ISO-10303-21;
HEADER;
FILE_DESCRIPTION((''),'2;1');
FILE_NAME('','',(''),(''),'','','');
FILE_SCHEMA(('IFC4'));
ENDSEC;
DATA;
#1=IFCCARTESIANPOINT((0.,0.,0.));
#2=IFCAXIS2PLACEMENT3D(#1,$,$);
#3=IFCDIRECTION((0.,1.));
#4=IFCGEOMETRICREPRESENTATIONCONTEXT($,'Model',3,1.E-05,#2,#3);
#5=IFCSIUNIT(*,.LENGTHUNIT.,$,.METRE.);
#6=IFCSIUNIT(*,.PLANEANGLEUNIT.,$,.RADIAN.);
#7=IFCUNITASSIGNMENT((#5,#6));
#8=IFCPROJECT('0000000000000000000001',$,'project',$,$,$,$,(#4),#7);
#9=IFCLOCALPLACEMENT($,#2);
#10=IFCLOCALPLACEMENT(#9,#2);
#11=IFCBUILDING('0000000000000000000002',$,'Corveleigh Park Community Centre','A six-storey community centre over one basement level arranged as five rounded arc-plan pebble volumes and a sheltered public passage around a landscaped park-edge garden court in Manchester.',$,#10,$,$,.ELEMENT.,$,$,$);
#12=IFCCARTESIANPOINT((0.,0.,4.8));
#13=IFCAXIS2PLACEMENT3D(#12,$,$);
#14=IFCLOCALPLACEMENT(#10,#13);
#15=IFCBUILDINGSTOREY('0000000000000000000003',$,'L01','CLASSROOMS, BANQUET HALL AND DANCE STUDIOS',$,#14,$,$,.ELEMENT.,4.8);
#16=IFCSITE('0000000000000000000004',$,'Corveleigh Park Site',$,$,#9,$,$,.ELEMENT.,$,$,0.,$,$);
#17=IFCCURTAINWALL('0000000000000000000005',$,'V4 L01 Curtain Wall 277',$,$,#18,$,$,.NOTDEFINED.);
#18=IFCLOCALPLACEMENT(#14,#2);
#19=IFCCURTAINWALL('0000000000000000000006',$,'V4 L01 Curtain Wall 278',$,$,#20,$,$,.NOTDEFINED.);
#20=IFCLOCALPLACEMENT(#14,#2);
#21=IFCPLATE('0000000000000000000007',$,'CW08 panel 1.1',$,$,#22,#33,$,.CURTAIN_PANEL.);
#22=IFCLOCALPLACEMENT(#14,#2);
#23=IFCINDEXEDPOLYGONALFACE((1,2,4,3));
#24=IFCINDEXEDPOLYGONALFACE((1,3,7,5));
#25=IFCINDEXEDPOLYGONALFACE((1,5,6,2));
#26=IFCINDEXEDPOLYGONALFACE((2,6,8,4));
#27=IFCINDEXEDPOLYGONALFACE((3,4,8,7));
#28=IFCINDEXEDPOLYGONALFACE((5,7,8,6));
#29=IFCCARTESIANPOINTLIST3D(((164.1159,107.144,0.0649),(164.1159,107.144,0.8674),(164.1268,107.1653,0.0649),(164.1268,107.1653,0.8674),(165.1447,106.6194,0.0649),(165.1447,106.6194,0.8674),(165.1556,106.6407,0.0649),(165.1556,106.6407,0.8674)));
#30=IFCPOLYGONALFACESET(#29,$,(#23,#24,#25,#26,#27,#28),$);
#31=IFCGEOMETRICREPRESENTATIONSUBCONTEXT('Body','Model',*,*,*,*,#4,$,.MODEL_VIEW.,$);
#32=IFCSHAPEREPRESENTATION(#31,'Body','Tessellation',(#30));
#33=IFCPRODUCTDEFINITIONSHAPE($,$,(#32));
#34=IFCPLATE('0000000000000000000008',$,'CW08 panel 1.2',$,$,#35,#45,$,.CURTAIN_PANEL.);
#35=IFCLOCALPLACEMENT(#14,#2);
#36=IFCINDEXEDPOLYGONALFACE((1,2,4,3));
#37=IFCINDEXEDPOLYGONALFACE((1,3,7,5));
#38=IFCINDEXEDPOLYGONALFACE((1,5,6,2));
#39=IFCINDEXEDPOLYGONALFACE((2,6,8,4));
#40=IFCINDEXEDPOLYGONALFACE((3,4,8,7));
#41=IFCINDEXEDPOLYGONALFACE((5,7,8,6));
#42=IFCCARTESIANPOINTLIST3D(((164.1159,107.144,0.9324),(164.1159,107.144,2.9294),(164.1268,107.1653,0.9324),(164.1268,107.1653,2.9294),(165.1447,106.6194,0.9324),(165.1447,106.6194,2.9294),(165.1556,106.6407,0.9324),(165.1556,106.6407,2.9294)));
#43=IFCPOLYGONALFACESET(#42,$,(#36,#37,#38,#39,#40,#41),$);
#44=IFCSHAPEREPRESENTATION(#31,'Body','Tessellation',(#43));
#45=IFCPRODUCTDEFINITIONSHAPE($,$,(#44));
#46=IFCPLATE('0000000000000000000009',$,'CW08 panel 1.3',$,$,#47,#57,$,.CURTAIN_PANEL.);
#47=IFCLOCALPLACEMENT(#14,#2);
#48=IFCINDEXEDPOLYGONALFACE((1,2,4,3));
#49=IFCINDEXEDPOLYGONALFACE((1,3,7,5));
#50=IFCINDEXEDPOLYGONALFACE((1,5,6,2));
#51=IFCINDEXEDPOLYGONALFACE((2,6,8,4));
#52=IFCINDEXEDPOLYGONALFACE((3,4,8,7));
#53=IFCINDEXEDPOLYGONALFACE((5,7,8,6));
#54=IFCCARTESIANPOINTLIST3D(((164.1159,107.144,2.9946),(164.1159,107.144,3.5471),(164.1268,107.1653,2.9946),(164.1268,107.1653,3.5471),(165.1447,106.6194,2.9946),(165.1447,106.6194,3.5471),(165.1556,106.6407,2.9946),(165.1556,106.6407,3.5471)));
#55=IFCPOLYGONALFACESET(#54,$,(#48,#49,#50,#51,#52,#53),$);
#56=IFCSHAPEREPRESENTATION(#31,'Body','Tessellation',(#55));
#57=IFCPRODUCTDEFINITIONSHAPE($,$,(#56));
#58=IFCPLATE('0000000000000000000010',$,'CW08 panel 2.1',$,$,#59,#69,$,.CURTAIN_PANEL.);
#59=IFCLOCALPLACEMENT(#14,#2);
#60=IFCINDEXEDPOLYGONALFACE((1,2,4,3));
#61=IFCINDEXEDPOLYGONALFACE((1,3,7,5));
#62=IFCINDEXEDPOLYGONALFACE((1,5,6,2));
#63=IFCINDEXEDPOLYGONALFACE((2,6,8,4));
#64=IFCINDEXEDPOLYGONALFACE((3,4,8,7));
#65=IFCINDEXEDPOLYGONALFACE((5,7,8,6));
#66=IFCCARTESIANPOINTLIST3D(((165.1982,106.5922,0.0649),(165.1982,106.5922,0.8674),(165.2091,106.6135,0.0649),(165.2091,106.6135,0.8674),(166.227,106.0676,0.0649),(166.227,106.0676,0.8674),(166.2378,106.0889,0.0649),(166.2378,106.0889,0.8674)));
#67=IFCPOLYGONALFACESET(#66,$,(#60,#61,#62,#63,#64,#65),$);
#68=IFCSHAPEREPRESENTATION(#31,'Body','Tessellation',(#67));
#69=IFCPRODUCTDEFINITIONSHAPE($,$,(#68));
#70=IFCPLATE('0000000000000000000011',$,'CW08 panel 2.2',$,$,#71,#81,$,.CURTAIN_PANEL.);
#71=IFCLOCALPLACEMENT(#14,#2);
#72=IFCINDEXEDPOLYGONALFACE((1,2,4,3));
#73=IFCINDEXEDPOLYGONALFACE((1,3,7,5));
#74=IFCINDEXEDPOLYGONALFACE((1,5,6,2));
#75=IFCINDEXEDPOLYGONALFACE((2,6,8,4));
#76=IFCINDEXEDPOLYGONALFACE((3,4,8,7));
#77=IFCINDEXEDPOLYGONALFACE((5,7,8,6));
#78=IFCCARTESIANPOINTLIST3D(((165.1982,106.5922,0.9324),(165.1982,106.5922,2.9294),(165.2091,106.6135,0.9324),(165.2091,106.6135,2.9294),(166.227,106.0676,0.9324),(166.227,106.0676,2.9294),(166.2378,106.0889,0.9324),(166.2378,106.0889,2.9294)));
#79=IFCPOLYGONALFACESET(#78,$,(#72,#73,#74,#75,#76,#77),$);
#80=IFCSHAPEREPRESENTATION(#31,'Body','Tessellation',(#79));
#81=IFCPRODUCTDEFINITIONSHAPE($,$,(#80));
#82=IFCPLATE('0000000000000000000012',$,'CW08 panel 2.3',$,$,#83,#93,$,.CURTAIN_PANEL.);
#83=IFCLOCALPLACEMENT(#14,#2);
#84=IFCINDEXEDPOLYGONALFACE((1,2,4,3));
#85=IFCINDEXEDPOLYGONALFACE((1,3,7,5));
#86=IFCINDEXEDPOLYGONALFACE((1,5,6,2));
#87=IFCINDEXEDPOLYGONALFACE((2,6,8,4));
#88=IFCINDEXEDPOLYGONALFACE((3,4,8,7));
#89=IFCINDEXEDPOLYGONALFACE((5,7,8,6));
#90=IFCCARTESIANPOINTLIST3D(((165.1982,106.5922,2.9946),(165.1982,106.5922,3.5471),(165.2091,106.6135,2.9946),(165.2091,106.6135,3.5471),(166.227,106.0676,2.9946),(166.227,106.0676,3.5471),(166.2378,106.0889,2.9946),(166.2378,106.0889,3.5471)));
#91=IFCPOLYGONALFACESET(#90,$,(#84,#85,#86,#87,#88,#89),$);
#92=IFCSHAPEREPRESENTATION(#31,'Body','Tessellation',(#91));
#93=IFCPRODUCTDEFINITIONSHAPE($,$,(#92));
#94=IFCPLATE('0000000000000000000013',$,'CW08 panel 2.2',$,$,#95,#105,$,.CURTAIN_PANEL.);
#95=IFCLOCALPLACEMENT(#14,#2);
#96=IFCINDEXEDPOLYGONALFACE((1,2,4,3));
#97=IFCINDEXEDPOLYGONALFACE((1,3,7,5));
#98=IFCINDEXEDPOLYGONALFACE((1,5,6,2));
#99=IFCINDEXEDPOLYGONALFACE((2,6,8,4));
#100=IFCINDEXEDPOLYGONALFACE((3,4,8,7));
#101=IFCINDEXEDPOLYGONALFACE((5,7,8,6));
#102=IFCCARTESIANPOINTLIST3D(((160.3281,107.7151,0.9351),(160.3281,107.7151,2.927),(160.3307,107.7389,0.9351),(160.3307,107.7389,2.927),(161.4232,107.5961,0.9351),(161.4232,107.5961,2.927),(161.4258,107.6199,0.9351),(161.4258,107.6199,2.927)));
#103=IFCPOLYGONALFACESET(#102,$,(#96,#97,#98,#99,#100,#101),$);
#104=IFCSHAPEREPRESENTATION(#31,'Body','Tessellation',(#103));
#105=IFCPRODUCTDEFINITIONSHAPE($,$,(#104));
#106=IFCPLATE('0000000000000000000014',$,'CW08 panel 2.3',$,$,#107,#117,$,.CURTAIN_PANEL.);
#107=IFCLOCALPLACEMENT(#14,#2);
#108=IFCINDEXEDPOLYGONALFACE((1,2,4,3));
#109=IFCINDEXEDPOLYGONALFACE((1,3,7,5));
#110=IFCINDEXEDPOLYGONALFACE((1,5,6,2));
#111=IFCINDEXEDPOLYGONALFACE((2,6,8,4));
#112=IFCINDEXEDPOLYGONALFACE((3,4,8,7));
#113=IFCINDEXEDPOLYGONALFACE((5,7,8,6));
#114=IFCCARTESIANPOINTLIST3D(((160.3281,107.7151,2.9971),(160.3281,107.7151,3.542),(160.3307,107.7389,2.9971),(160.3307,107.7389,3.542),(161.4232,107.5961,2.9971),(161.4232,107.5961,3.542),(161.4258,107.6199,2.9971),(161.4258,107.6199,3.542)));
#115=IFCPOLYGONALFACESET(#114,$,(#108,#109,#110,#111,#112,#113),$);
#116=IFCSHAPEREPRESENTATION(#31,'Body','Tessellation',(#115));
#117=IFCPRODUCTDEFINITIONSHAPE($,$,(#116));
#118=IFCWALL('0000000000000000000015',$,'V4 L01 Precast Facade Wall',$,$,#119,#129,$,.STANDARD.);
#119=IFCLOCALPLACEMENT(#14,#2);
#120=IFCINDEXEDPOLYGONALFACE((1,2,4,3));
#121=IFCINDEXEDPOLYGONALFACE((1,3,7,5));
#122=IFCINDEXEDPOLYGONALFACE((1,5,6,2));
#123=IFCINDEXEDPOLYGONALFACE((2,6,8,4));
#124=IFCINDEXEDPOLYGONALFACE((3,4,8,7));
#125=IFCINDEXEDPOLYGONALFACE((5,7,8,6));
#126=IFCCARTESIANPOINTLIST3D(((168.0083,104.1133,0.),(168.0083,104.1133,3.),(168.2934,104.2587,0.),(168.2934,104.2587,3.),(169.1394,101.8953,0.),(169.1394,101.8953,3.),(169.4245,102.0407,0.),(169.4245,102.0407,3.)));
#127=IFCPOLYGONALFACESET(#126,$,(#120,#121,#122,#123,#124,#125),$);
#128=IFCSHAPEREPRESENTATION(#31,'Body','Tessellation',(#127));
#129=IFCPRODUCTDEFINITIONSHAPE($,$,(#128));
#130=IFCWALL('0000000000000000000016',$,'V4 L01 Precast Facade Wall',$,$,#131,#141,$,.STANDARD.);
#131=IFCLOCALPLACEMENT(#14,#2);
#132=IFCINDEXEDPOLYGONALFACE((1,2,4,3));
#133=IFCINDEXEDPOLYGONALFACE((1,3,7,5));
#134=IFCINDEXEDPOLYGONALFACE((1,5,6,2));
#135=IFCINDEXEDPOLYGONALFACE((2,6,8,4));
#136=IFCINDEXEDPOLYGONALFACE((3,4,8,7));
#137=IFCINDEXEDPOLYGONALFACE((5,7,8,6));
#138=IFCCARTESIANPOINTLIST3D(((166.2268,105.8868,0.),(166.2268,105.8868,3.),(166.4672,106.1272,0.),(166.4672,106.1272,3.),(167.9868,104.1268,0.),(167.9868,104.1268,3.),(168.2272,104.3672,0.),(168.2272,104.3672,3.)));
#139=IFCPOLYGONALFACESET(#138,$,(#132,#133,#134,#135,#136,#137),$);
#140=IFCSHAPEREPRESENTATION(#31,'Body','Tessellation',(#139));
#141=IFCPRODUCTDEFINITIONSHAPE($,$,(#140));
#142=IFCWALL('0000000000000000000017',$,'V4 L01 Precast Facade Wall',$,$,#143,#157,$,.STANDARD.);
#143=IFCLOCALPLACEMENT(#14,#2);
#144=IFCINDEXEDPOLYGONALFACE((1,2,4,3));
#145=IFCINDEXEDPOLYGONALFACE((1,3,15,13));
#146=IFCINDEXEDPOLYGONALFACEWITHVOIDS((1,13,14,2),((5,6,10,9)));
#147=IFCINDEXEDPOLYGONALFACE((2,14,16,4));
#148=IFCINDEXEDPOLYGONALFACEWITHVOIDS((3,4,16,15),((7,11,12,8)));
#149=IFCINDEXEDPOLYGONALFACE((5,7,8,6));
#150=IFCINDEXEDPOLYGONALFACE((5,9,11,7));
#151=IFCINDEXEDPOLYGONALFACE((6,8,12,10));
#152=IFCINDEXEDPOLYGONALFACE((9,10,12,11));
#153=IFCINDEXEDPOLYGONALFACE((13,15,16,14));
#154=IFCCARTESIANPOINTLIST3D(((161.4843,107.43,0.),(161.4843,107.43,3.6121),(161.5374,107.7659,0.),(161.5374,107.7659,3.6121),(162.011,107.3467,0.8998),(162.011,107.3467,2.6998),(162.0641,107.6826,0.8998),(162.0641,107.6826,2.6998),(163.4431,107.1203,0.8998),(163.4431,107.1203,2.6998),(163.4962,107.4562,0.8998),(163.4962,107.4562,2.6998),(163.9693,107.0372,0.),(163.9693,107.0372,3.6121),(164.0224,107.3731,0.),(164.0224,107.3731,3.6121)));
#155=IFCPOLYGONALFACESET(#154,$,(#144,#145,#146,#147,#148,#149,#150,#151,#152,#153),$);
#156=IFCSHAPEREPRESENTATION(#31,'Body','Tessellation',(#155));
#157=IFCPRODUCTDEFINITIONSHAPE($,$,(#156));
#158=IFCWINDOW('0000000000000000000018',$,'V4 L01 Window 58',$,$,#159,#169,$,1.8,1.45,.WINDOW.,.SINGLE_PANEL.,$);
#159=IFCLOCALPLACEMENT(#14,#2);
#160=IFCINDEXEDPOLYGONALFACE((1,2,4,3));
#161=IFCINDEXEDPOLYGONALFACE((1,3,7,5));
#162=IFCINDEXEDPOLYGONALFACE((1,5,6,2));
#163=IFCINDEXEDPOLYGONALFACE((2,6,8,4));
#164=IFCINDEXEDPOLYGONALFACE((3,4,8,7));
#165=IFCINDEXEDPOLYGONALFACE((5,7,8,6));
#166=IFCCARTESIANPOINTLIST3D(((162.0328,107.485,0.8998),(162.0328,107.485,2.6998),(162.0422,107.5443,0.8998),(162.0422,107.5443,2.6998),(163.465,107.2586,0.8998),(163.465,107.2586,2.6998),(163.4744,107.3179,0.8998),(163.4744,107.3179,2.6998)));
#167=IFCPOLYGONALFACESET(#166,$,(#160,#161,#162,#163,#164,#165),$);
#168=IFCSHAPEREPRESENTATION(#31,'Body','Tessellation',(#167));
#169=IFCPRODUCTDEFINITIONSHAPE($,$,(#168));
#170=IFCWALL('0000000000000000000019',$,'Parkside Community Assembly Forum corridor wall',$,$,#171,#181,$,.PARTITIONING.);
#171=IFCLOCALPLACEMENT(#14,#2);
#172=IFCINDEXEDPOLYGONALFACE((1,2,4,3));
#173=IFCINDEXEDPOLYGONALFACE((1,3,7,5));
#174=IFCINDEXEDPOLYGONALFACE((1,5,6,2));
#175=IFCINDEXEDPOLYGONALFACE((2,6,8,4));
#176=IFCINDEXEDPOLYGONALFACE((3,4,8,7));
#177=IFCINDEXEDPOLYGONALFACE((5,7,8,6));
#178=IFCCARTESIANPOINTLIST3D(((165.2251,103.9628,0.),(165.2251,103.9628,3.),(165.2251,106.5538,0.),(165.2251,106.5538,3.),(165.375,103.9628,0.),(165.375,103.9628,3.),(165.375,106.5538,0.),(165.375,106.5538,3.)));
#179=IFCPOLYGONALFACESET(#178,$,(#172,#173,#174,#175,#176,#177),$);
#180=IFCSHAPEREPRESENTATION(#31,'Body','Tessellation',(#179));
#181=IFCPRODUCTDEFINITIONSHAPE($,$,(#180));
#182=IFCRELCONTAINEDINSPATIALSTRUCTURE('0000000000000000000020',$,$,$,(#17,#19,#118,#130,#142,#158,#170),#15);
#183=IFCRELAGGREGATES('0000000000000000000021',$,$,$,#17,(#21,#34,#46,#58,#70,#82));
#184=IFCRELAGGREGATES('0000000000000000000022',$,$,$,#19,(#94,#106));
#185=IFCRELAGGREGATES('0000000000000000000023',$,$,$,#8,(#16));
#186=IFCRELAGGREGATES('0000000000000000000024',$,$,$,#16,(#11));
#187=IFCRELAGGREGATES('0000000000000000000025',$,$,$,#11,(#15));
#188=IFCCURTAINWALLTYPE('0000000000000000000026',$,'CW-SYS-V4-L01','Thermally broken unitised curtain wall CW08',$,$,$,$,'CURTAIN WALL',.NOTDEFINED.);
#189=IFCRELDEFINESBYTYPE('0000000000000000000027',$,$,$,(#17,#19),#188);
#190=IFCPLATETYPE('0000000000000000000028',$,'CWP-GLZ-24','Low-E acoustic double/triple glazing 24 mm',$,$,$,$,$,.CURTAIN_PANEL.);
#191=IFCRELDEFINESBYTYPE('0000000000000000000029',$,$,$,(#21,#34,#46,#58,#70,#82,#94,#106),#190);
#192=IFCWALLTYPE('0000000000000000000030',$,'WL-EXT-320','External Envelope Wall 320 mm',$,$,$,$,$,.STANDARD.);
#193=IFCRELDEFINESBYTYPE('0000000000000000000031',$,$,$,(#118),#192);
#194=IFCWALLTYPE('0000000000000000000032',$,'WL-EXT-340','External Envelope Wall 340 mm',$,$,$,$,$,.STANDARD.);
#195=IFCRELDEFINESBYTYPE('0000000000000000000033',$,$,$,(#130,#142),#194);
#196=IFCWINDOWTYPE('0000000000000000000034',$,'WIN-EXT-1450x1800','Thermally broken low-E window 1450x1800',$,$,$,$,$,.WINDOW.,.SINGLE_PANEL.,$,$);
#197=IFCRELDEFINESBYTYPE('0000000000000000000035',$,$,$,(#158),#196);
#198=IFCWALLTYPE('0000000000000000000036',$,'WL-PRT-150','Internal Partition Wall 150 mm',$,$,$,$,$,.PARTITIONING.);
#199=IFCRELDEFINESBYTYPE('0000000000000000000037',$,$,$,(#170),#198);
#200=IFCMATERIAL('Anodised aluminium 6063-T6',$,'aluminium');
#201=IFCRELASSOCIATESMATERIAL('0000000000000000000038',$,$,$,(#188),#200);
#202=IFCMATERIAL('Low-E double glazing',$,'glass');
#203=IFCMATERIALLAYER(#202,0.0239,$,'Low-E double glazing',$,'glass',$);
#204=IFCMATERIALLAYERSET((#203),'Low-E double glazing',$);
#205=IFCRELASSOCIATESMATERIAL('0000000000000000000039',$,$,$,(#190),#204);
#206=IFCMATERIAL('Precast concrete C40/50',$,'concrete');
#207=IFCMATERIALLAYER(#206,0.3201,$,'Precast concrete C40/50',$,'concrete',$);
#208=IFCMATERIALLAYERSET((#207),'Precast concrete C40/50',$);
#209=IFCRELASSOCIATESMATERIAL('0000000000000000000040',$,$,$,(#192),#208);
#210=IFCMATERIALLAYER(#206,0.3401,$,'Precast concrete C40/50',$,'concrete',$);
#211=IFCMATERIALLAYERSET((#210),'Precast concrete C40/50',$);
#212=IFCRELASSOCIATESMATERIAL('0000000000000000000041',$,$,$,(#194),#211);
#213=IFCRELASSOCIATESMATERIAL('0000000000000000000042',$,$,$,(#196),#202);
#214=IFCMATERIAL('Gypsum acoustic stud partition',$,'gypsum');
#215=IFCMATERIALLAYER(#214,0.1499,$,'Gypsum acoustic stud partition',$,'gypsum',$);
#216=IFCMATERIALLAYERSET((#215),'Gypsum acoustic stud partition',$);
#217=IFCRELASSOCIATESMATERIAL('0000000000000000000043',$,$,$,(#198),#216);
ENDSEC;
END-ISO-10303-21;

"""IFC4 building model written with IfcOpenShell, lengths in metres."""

from ifc_helpers import new_model, si_unit, direction, frame, frame_2d, origin, origin_2d, place, context, subcontext, project, spatial, rectangle, extrude, material, layer, layer_set, type_object, element, fill, aggregate, save


model = new_model("IFC4")

# Units and contexts
model_context = context("Model", 3, precision=1e-05, world=origin(), true_north=direction((0.0, 1.0)))
body_context = subcontext(model_context, "Body", "Model", "MODEL_VIEW")
ifc_project = project(units=[si_unit("LENGTHUNIT", "METRE"), si_unit("PLANEANGLEUNIT", "RADIAN")], contexts=[model_context])

# Site, building, storey
site_placement = place(None, origin())
site = spatial("IfcSite", under=ifc_project, at=site_placement, Name="Corveleigh Park Site", CompositionType="ELEMENT", RefElevation=0.0)
building_placement = place(site_placement, origin())
building = spatial("IfcBuilding", under=site, at=building_placement, Name="Corveleigh Park Community Centre", Description="A six-storey community centre over one basement level arranged as five rounded arc-plan pebble volumes and a sheltered public passage around a landscaped park-edge garden court in Manchester.", CompositionType="ELEMENT")
storey_placement = place(building_placement, frame((0.0, 0.0, 4.8)))
storey = spatial("IfcBuildingStorey", under=building, at=storey_placement, Name="L01", Description="CLASSROOMS, BANQUET HALL AND DANCE STUDIOS", CompositionType="ELEMENT", Elevation=4.8)

# Curtain wall
ifc_material_1 = material(Name="Anodised aluminium 6063-T6", Category="aluminium")
curtain_wall_type = type_object("IfcCurtainWallType", Name="CW-SYS-V4-L01", Description="Thermally broken unitised curtain wall CW08", ElementType="CURTAIN WALL", PredefinedType="NOTDEFINED", material=ifc_material_1)
curtain_wall_1_placement = place(storey_placement, origin())
curtain_wall_1 = element("IfcCurtainWall", 1, at=curtain_wall_1_placement, inside=storey, type_object=curtain_wall_type, Name="V4 L01 Curtain Wall 277", PredefinedType="NOTDEFINED")

# Curtain wall
curtain_wall_2_placement = place(storey_placement, origin())
curtain_wall_2 = element("IfcCurtainWall", 2, at=curtain_wall_2_placement, inside=storey, type_object=curtain_wall_type, Name="V4 L01 Curtain Wall 278", PredefinedType="NOTDEFINED")

# Plates
ifc_material_2 = material(Name="Low-E double glazing", Category="glass")
ifc_layer_1 = layer(ifc_material_2, 0.0239, Name="Low-E double glazing", Category="glass")
ifc_layer_set_1 = layer_set([ifc_layer_1], Name="Low-E double glazing")
plate_type = type_object("IfcPlateType", Name="CWP-GLZ-24", Description="Low-E acoustic double/triple glazing 24 mm", PredefinedType="CURTAIN_PANEL", material=ifc_layer_set_1)
plate_1_placement = place(storey_placement, frame((164.6357, 106.8923, 0.0649), z_axis=(0.0, 0.0, 1.0), x_axis=(0.890865, -0.454269, 0.0)))
plate_1 = element("IfcPlate", 3, at=plate_1_placement, type_object=plate_type, Name="CW08 panel 1.1", PredefinedType="CURTAIN_PANEL", context=body_context, shape_type="SweptSolid", body=[
    extrude(rectangle(XDim=1.1548, YDim=0.0239, at=origin_2d()), origin(), (0.0, 0.0, 1.0), 0.8025),
])
plate_2_placement = place(storey_placement, frame((164.6357, 106.8923, 0.9324), z_axis=(0.0, 0.0, 1.0), x_axis=(0.890865, -0.454269, 0.0)))
plate_2 = element("IfcPlate", 4, at=plate_2_placement, type_object=plate_type, Name="CW08 panel 1.2", PredefinedType="CURTAIN_PANEL", context=body_context, shape_type="SweptSolid", body=[
    extrude(rectangle(XDim=1.1548, YDim=0.0239, at=origin_2d()), origin(), (0.0, 0.0, 1.0), 1.9971),
])
plate_3_placement = place(storey_placement, frame((164.6357, 106.8923, 2.9946), z_axis=(0.0, 0.0, 1.0), x_axis=(0.890865, -0.454269, 0.0)))
plate_3 = element("IfcPlate", 5, at=plate_3_placement, type_object=plate_type, Name="CW08 panel 1.3", PredefinedType="CURTAIN_PANEL", context=body_context, shape_type="SweptSolid", body=[
    extrude(rectangle(XDim=1.1548, YDim=0.0239, at=origin_2d()), origin(), (0.0, 0.0, 1.0), 0.5525),
])
plate_4_placement = place(storey_placement, frame((165.718, 106.3406, 0.0649), z_axis=(0.0, 0.0, 1.0), x_axis=(0.890865, -0.454269, 0.0)))
plate_4 = element("IfcPlate", 6, at=plate_4_placement, type_object=plate_type, Name="CW08 panel 2.1", PredefinedType="CURTAIN_PANEL", context=body_context, shape_type="SweptSolid", body=[
    extrude(rectangle(XDim=1.1548, YDim=0.0239, at=origin_2d()), origin(), (0.0, 0.0, 1.0), 0.8025),
])
plate_5_placement = place(storey_placement, frame((165.718, 106.3406, 0.9324), z_axis=(0.0, 0.0, 1.0), x_axis=(0.890865, -0.454269, 0.0)))
plate_5 = element("IfcPlate", 7, at=plate_5_placement, type_object=plate_type, Name="CW08 panel 2.2", PredefinedType="CURTAIN_PANEL", context=body_context, shape_type="SweptSolid", body=[
    extrude(rectangle(XDim=1.1548, YDim=0.0239, at=origin_2d()), origin(), (0.0, 0.0, 1.0), 1.9971),
])
plate_6_placement = place(storey_placement, frame((165.718, 106.3406, 2.9946), z_axis=(0.0, 0.0, 1.0), x_axis=(0.890865, -0.454269, 0.0)))
plate_6 = element("IfcPlate", 8, at=plate_6_placement, type_object=plate_type, Name="CW08 panel 2.3", PredefinedType="CURTAIN_PANEL", context=body_context, shape_type="SweptSolid", body=[
    extrude(rectangle(XDim=1.1548, YDim=0.0239, at=origin_2d()), origin(), (0.0, 0.0, 1.0), 0.5525),
])
aggregate(curtain_wall_1, [plate_1, plate_2, plate_3, plate_4, plate_5, plate_6])
plate_7_placement = place(storey_placement, frame((160.877, 107.6675, 0.9351), z_axis=(0.0, 0.0, 1.0), x_axis=(0.99415, -0.108005, 0.0)))
plate_7 = element("IfcPlate", 9, at=plate_7_placement, type_object=plate_type, Name="CW08 panel 2.2", PredefinedType="CURTAIN_PANEL", context=body_context, shape_type="SweptSolid", body=[
    extrude(rectangle(XDim=1.1016, YDim=0.0239, at=origin_2d()), origin(), (0.0, 0.0, 1.0), 1.9919),
])
plate_8_placement = place(storey_placement, frame((160.877, 107.6675, 2.9971), z_axis=(0.0, 0.0, 1.0), x_axis=(0.99415, -0.108005, 0.0)))
plate_8 = element("IfcPlate", 10, at=plate_8_placement, type_object=plate_type, Name="CW08 panel 2.3", PredefinedType="CURTAIN_PANEL", context=body_context, shape_type="SweptSolid", body=[
    extrude(rectangle(XDim=1.1016, YDim=0.0239, at=origin_2d()), origin(), (0.0, 0.0, 1.0), 0.5449),
])
aggregate(curtain_wall_2, [plate_7, plate_8])

# Walls
ifc_material_3 = material(Name="Precast concrete C40/50", Category="concrete")
ifc_layer_2 = layer(ifc_material_3, 0.3201, Name="Precast concrete C40/50", Category="concrete")
ifc_layer_set_2 = layer_set([ifc_layer_2], Name="Precast concrete C40/50")
wall_type_1 = type_object("IfcWallType", Name="WL-EXT-320", Description="External Envelope Wall 320 mm", PredefinedType="STANDARD", material=ifc_layer_set_2)
wall_1_placement = place(storey_placement, frame((168.1509, 104.186, 0.0), z_axis=(0.0, 0.0, 1.0), x_axis=(0.454299, -0.890849, 0.0)))
element("IfcWall", 11, at=wall_1_placement, inside=storey, type_object=wall_type_1, Name="V4 L01 Precast Facade Wall", PredefinedType="STANDARD", context=body_context, shape_type="SweptSolid", body=[
    extrude(rectangle(XDim=2.4897, YDim=0.3201, at=frame_2d((1.2449, 0.0))), origin(), (0.0, 0.0, 1.0), 3.0),
])
ifc_layer_3 = layer(ifc_material_3, 0.3401, Name="Precast concrete C40/50", Category="concrete")
ifc_layer_set_3 = layer_set([ifc_layer_3], Name="Precast concrete C40/50")
wall_type_2 = type_object("IfcWallType", Name="WL-EXT-340", Description="External Envelope Wall 340 mm", PredefinedType="STANDARD", material=ifc_layer_set_3)
wall_2_placement = place(storey_placement, frame((166.3469, 106.0071, 0.0), z_axis=(0.0, 0.0, 1.0), x_axis=(0.707107, -0.707107, 0.0)))
element("IfcWall", 12, at=wall_2_placement, inside=storey, type_object=wall_type_2, Name="V4 L01 Precast Facade Wall", PredefinedType="STANDARD", context=body_context, shape_type="SweptSolid", body=[
    extrude(rectangle(XDim=2.489, YDim=0.3401, at=frame_2d((1.2446, 0.0))), origin(), (0.0, 0.0, 1.0), 3.0),
])

# Wall, opening, window
wall_3_placement = place(storey_placement, frame((161.511, 107.5979, 0.0), z_axis=(0.0, 0.0, 1.0), x_axis=(0.987736, -0.156132, 0.0)))
wall_3 = element("IfcWall", 13, at=wall_3_placement, inside=storey, type_object=wall_type_2, Name="V4 L01 Precast Facade Wall", PredefinedType="STANDARD", context=body_context, shape_type="SweptSolid", body=[
    extrude(rectangle(XDim=2.5159, YDim=0.3401, at=frame_2d((1.2578, 0.0))), origin(), (0.0, 0.0, 1.0), 3.6121),
])
opening_placement = place(wall_3_placement, frame((0.533, 0.0, 0.8999)))
opening = element("IfcOpeningElement", 14, at=opening_placement, cuts=wall_3, PredefinedType="OPENING", context=body_context, shape_type="SweptSolid", body=[
    extrude(rectangle(XDim=1.45, YDim=1.8, at=frame_2d((0.7251, 0.8999))), frame((0.0, 0.1799, 0.0), z_axis=(0.0, -1.0, 0.0), x_axis=(1.0, 0.0, 0.0)), (0.0, 0.0, 1.0), 0.3601),
])
window_type = type_object("IfcWindowType", Name="WIN-EXT-1450x1800", Description="Thermally broken low-E window 1450x1800", PartitioningType="SINGLE_PANEL", PredefinedType="WINDOW", material=ifc_material_2)
window_placement = place(opening_placement, origin())
window = element("IfcWindow", 15, at=window_placement, inside=storey, type_object=window_type, Name="V4 L01 Window 58", OverallHeight=1.8, OverallWidth=1.45, PartitioningType="SINGLE_PANEL", PredefinedType="WINDOW", context=body_context, shape_type="SweptSolid", body=[
    extrude(rectangle(XDim=1.45, YDim=1.8, at=frame_2d((0.7251, 0.8999))), frame((0.0, 0.03, 0.0), z_axis=(0.0, -1.0, 0.0), x_axis=(1.0, 0.0, 0.0)), (0.0, 0.0, 1.0), 0.0601),
])
fill(opening, window)

# Wall
ifc_material_4 = material(Name="Gypsum acoustic stud partition", Category="gypsum")
ifc_layer_4 = layer(ifc_material_4, 0.1499, Name="Gypsum acoustic stud partition", Category="gypsum")
ifc_layer_set_4 = layer_set([ifc_layer_4], Name="Gypsum acoustic stud partition")
wall_type_3 = type_object("IfcWallType", Name="WL-PRT-150", Description="Internal Partition Wall 150 mm", PredefinedType="PARTITIONING", material=ifc_layer_set_4)
wall_4_placement = place(storey_placement, frame((165.3, 103.9629, 0.0), z_axis=(0.0, 0.0, 1.0), x_axis=(0.0, 1.0, 0.0)))
element("IfcWall", 16, at=wall_4_placement, inside=storey, type_object=wall_type_3, Name="Parkside Community Assembly Forum corridor wall", PredefinedType="PARTITIONING", context=body_context, shape_type="SweptSolid", body=[
    extrude(rectangle(XDim=2.5911, YDim=0.1499, at=frame_2d((1.2954, 0.0))), origin(), (0.0, 0.0, 1.0), 3.0),
])

save(model, "model.ifc")
